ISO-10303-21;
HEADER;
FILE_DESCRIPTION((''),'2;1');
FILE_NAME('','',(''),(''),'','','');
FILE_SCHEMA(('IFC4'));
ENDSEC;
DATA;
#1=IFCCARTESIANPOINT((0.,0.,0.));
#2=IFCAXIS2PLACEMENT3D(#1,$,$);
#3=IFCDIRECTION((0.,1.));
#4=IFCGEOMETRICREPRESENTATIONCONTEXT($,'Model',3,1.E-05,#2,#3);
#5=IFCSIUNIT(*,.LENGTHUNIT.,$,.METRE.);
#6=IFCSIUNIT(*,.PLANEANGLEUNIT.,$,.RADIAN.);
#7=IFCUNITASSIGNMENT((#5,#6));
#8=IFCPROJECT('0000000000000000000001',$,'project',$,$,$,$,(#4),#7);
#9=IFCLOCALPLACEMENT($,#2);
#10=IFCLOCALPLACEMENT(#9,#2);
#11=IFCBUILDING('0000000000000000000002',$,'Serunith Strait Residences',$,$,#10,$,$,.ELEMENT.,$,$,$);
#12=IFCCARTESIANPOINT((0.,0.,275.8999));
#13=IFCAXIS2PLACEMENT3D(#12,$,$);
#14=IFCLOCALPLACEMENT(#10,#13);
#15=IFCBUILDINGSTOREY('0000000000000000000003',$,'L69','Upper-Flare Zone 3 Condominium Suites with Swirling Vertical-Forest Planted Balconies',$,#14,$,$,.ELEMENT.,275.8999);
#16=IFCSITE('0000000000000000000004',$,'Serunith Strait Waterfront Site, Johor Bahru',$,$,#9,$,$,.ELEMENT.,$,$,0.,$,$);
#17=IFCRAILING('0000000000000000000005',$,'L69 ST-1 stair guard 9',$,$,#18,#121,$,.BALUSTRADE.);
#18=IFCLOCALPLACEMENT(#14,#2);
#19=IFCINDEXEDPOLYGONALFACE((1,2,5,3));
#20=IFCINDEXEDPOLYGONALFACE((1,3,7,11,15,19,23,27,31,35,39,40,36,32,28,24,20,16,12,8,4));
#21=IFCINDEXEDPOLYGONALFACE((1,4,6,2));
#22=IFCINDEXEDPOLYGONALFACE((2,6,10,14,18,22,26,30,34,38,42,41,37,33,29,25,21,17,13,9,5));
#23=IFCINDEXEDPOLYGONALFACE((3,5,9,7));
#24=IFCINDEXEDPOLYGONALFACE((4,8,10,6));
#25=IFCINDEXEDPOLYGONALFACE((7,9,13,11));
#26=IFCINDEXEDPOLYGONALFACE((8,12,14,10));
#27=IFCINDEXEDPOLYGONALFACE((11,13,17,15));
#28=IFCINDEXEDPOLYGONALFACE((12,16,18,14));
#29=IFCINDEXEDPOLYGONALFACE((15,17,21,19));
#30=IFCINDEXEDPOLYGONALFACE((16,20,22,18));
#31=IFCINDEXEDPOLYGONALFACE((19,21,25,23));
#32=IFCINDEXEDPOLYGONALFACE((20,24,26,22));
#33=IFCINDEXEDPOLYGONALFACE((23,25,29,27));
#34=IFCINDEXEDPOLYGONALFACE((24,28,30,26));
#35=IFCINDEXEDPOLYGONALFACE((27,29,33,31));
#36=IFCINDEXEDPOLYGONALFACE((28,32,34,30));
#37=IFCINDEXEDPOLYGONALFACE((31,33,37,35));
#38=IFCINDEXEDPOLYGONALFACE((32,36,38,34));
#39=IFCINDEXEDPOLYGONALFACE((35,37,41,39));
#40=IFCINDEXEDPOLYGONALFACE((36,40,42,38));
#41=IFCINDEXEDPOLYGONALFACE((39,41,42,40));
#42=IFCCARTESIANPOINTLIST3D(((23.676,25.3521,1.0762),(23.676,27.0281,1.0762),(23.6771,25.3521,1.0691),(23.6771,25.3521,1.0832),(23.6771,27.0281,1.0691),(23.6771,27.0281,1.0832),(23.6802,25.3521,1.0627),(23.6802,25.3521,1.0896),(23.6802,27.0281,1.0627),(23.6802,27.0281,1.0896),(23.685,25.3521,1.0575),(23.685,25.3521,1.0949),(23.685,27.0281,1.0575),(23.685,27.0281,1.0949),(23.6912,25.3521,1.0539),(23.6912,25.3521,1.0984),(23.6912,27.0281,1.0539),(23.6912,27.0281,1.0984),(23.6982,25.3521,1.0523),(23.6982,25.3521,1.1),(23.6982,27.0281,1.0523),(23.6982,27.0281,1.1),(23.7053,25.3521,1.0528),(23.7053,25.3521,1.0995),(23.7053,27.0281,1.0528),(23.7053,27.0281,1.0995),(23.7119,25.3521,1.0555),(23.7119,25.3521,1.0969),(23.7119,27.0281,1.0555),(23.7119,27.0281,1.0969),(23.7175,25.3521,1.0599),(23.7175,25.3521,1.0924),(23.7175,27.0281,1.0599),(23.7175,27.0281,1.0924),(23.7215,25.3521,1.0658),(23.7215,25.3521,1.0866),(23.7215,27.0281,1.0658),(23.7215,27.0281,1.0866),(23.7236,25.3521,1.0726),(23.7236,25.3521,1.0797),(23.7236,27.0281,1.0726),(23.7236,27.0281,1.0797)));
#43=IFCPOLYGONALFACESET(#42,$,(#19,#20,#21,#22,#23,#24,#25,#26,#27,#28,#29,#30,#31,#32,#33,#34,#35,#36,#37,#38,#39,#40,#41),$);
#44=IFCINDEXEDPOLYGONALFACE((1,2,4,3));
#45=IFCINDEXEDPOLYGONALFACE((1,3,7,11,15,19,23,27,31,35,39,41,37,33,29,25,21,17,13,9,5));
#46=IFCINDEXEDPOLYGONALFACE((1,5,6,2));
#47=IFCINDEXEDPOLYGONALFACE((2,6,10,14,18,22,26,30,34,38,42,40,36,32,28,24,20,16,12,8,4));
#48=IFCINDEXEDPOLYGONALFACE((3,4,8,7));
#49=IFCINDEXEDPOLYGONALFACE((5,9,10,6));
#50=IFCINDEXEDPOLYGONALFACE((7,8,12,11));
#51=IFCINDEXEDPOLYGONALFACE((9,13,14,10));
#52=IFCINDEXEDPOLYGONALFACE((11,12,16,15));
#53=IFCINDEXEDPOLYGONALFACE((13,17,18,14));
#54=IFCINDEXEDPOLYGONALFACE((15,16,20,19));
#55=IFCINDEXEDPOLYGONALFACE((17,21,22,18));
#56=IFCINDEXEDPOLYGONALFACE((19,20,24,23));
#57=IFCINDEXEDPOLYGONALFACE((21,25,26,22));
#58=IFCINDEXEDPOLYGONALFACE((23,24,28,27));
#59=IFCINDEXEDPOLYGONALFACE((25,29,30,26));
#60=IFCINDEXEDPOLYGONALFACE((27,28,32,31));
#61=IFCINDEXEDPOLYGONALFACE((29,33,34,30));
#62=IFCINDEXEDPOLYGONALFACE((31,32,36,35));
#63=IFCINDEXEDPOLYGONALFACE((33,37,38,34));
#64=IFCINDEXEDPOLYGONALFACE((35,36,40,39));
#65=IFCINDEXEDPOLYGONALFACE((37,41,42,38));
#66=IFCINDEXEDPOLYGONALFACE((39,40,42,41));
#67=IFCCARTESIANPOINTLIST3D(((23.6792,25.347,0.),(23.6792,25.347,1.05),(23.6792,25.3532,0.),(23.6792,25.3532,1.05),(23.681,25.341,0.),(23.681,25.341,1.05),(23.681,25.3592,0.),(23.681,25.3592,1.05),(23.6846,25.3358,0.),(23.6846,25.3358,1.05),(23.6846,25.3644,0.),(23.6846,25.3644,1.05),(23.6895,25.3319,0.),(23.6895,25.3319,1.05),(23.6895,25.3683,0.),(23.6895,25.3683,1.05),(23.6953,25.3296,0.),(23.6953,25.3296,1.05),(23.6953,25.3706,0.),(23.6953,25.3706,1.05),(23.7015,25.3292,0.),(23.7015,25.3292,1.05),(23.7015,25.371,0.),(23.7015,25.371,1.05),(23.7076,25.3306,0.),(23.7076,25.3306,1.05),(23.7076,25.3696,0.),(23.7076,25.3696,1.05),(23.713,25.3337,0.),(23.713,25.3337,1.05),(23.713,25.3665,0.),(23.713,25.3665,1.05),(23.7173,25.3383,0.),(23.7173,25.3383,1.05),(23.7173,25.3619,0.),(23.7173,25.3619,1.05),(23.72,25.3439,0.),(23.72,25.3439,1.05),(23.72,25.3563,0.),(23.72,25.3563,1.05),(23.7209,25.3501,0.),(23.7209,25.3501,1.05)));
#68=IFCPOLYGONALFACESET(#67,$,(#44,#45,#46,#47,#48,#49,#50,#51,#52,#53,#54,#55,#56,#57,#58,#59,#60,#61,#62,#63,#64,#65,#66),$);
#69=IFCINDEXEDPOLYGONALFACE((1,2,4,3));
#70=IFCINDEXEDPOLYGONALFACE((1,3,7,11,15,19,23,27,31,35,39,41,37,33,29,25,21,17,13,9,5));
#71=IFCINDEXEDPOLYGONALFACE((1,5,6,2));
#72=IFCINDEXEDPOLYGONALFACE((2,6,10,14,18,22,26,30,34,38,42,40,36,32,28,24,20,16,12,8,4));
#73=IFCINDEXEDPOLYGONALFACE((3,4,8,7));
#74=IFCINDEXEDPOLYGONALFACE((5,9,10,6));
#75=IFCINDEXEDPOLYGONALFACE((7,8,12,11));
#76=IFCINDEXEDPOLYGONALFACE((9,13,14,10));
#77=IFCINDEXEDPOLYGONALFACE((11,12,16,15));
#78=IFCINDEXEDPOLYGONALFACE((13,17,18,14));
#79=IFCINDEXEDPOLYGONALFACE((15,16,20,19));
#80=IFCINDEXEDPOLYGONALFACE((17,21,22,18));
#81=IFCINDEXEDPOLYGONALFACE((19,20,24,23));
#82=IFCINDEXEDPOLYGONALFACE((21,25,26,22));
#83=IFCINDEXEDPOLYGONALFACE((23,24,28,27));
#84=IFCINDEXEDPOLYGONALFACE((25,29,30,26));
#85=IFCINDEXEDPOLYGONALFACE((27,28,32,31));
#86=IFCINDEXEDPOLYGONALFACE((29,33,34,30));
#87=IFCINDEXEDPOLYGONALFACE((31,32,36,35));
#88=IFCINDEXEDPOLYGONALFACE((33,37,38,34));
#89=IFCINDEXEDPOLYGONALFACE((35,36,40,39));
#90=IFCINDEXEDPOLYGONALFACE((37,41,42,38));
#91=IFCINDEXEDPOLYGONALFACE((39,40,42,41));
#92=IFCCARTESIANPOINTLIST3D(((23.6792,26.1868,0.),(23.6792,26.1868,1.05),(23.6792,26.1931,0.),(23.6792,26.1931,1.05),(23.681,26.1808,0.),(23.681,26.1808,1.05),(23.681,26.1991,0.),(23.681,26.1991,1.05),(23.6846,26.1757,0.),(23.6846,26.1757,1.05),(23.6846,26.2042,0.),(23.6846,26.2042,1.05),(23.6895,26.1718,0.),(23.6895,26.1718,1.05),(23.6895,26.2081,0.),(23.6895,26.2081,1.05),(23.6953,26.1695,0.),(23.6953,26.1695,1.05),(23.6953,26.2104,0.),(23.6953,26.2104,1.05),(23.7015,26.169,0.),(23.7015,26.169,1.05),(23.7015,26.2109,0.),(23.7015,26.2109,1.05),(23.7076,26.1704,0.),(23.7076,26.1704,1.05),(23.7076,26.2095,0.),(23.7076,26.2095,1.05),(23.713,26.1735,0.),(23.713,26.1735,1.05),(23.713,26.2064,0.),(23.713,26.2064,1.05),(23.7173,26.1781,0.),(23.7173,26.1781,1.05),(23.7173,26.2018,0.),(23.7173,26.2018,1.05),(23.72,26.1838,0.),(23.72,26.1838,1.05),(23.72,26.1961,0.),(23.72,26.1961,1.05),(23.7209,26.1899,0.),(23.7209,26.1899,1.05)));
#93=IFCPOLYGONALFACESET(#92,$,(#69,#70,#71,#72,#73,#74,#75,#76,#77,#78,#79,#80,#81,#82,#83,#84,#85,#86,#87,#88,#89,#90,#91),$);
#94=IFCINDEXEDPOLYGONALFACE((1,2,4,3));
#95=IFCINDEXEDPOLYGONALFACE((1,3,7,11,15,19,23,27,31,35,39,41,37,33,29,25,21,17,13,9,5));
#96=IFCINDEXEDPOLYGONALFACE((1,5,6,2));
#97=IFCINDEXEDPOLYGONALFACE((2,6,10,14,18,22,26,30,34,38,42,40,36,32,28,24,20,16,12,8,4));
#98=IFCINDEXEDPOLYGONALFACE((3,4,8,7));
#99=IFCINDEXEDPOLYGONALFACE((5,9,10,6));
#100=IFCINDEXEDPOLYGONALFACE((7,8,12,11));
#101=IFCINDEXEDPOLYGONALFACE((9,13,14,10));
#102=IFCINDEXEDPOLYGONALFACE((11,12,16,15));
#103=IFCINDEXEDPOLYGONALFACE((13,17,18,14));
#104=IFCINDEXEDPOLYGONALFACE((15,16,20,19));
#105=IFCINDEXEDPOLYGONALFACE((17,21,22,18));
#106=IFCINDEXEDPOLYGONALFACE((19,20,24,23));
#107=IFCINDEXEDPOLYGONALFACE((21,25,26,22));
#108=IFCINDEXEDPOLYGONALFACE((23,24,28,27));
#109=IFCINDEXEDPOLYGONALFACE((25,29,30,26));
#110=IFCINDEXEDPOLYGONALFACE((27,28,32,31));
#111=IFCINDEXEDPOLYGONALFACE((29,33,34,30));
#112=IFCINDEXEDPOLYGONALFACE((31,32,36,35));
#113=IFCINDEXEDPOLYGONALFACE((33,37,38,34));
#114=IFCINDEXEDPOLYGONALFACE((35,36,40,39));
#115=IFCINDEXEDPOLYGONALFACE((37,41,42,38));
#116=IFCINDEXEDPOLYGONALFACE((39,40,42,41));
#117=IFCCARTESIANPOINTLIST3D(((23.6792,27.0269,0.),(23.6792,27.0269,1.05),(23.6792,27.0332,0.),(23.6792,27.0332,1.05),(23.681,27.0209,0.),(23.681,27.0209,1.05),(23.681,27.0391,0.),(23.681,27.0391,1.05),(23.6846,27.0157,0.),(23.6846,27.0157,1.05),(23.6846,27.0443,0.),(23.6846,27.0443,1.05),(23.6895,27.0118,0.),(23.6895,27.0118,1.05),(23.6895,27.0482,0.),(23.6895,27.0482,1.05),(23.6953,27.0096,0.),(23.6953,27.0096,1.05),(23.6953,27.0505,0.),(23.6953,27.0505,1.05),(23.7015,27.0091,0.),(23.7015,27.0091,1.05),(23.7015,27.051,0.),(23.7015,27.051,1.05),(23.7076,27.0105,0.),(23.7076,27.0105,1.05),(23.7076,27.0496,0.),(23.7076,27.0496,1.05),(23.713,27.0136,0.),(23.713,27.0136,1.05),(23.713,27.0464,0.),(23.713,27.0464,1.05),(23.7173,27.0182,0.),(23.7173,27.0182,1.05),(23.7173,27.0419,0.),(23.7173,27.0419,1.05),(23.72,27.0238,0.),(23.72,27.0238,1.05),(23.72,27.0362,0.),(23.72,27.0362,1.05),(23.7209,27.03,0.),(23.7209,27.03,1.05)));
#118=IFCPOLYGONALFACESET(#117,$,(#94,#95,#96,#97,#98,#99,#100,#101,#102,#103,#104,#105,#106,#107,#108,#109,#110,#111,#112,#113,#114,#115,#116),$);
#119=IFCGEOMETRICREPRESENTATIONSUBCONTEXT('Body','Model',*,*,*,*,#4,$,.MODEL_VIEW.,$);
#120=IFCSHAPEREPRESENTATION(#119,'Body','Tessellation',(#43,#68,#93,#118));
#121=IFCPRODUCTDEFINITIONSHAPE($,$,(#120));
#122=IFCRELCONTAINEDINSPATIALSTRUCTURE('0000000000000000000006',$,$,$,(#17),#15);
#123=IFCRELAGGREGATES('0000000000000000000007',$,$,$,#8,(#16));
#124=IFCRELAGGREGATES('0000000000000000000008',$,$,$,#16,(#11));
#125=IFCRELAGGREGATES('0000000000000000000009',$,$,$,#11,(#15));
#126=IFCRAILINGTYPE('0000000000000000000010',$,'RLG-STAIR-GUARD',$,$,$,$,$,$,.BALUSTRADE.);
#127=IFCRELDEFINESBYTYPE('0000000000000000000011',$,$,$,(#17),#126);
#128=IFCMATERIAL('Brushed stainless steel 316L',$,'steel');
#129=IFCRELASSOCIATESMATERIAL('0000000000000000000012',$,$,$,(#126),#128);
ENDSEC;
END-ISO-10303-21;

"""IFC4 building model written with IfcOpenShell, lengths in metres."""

from ifc_helpers import new_model, si_unit, direction, frame, origin, origin_2d, place, context, subcontext, project, spatial, circle, extrude, material, type_object, element, save


model = new_model("IFC4")

# Units and contexts
model_context = context("Model", 3, precision=1e-05, world=origin(), true_north=direction((0.0, 1.0)))
body_context = subcontext(model_context, "Body", "Model", "MODEL_VIEW")
ifc_project = project(units=[si_unit("LENGTHUNIT", "METRE"), si_unit("PLANEANGLEUNIT", "RADIAN")], contexts=[model_context])

# Site, building, storey
site_placement = place(None, origin())
site = spatial("IfcSite", under=ifc_project, at=site_placement, Name="Serunith Strait Waterfront Site, Johor Bahru", CompositionType="ELEMENT", RefElevation=0.0)
building_placement = place(site_placement, origin())
building = spatial("IfcBuilding", under=site, at=building_placement, Name="Serunith Strait Residences", CompositionType="ELEMENT")
storey_placement = place(building_placement, frame((0.0, 0.0, 275.8999)))
storey = spatial("IfcBuildingStorey", under=building, at=storey_placement, Name="L69", Description="Upper-Flare Zone 3 Condominium Suites with Swirling Vertical-Forest Planted Balconies", CompositionType="ELEMENT", Elevation=275.8999)

# Railing
ifc_material_1 = material(Name="Brushed stainless steel 316L", Category="steel")
railing_type_1 = type_object("IfcRailingType", Name="RLG-STAIR-GUARD", PredefinedType="BALUSTRADE", material=ifc_material_1)
for number, where, name in (
    (1, (23.7, 25.3501, 0.0), "L69 ST-1 stair guard 9"),
):
    element("IfcRailing", number, at=place(storey_placement, frame(where)), inside=storey, type_object=railing_type_1, Name=name, PredefinedType="BALUSTRADE", context=body_context, shape_type="SweptSolid", body=[
        extrude(circle(Radius=0.0239, at=origin_2d()), frame((0.0, 0.002, 1.0762), z_axis=(0.0, 1.0, 0.0), x_axis=(-1.0, 0.0, 0.0)), (0.0, 0.0, 1.0), 1.676),
        extrude(circle(Radius=0.021, at=origin_2d()), origin(), (0.0, 0.0, 1.0), 1.05),
        extrude(circle(Radius=0.021, at=origin_2d()), frame((0.0, 0.8398, 0.0)), (0.0, 0.0, 1.0), 1.05),
        extrude(circle(Radius=0.021, at=origin_2d()), frame((0.0, 1.6799, 0.0)), (0.0, 0.0, 1.0), 1.05),
    ])

save(model, "model.ifc")
